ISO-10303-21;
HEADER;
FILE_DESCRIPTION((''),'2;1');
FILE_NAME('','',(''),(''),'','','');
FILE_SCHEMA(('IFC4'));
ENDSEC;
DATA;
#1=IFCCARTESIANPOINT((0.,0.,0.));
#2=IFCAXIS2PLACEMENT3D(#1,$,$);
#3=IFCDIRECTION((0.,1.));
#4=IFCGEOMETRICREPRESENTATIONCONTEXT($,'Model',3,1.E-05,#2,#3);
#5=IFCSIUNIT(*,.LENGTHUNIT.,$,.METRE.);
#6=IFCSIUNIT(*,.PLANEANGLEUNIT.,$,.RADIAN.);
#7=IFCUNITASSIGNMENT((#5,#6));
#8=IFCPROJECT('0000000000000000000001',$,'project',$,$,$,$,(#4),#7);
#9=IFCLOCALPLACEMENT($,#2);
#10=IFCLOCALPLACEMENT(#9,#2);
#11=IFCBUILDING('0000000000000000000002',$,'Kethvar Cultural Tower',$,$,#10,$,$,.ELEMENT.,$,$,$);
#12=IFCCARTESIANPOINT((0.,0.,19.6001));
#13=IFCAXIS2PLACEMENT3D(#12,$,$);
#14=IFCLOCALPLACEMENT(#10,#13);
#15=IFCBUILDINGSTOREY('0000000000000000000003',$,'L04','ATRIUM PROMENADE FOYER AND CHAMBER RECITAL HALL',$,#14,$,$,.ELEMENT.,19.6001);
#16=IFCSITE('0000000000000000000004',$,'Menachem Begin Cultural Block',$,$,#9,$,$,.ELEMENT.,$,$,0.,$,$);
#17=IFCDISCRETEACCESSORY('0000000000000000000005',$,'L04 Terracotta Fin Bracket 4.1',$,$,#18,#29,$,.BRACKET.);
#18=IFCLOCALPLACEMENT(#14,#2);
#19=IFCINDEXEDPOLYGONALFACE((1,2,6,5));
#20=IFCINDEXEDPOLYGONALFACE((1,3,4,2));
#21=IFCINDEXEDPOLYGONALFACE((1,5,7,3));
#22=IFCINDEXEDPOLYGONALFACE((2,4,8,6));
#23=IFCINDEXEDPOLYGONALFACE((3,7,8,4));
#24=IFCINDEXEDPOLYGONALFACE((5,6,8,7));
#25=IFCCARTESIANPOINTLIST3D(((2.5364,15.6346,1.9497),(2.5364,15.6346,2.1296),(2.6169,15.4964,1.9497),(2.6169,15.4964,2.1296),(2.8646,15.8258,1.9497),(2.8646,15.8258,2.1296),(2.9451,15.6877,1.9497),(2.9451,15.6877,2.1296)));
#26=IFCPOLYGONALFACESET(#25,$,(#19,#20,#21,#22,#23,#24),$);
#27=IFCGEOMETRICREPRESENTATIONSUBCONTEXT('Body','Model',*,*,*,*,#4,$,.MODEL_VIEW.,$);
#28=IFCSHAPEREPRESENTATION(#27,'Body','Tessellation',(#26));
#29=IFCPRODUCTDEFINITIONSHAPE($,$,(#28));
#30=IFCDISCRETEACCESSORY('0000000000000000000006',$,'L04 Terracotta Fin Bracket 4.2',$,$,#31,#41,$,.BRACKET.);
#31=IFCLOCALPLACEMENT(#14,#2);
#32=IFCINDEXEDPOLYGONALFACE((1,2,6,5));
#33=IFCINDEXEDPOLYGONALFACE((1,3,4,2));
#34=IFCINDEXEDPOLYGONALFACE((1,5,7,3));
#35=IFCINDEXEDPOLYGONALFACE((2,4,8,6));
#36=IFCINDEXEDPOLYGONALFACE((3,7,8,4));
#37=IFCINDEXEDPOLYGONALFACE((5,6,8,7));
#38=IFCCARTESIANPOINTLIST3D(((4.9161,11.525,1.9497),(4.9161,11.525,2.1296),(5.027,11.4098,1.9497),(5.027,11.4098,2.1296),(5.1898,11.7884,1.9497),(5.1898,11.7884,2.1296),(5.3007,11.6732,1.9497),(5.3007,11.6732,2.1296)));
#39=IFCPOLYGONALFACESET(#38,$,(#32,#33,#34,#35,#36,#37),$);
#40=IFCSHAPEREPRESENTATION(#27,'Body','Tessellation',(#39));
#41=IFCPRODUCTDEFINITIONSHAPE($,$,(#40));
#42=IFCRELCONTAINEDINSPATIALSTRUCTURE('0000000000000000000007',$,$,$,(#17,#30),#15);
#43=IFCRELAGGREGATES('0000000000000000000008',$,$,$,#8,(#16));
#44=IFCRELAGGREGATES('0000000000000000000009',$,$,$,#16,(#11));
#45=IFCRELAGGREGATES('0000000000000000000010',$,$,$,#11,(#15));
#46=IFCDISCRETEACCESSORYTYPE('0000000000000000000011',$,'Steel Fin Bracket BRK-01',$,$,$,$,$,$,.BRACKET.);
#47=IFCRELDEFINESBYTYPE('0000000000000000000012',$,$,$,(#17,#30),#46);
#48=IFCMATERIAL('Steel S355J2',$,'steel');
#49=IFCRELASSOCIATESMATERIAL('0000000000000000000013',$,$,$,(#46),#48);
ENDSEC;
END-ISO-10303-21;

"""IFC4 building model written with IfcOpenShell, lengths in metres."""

from ifc_helpers import new_model, si_unit, direction, frame, origin, origin_2d, place, context, subcontext, project, spatial, rectangle, extrude, source, transform, mapped, material, type_object, element, save


model = new_model("IFC4")

# Units and contexts
model_context = context("Model", 3, precision=1e-05, world=origin(), true_north=direction((0.0, 1.0)))
body_context = subcontext(model_context, "Body", "Model", "MODEL_VIEW")
ifc_project = project(units=[si_unit("LENGTHUNIT", "METRE"), si_unit("PLANEANGLEUNIT", "RADIAN")], contexts=[model_context])

# Site, building, storey
site_placement = place(None, origin())
site = spatial("IfcSite", under=ifc_project, at=site_placement, Name="Menachem Begin Cultural Block", CompositionType="ELEMENT", RefElevation=0.0)
building_placement = place(site_placement, origin())
building = spatial("IfcBuilding", under=site, at=building_placement, Name="Kethvar Cultural Tower", CompositionType="ELEMENT")
storey_placement = place(building_placement, frame((0.0, 0.0, 19.6001)))
storey = spatial("IfcBuildingStorey", under=building, at=storey_placement, Name="L04", Description="ATRIUM PROMENADE FOYER AND CHAMBER RECITAL HALL", CompositionType="ELEMENT", Elevation=19.6001)

# Shared definitions
ifc_material_1 = material(Name="Steel S355J2", Category="steel")

# Discrete accessories
discrete_accessory_type = type_object("IfcDiscreteAccessoryType", Name="Steel Fin Bracket BRK-01", PredefinedType="BRACKET", material=ifc_material_1)
shared_shape_1 = source(origin(), body_context, "Body", "SweptSolid", [
    extrude(rectangle(XDim=0.3799, YDim=0.1599, at=origin_2d()), origin(), (0.0, 0.0, 1.0), 0.1799),
])
for number, where, z_axis, x_axis, name in (
    (1, (2.7407, 15.6611, 1.9497), (0.0, 0.0, 1.0), (-0.864011, -0.503472, 0.0), "L04 Terracotta Fin Bracket 4.1"),
    (2, (5.1084, 11.5991, 1.9497), (0.0, 0.0, 1.0), (-0.720551, -0.693402, 0.0), "L04 Terracotta Fin Bracket 4.2"),
):
    element("IfcDiscreteAccessory", number, at=place(storey_placement, frame(where, z_axis=z_axis, x_axis=x_axis)), inside=storey, type_object=discrete_accessory_type, Name=name, PredefinedType="BRACKET", context=body_context, shape_type="MappedRepresentation", body=[
        mapped(shared_shape_1, transform((0.0, 0.0, 0.0), scale=1.0)),
    ])

save(model, "model.ifc")
